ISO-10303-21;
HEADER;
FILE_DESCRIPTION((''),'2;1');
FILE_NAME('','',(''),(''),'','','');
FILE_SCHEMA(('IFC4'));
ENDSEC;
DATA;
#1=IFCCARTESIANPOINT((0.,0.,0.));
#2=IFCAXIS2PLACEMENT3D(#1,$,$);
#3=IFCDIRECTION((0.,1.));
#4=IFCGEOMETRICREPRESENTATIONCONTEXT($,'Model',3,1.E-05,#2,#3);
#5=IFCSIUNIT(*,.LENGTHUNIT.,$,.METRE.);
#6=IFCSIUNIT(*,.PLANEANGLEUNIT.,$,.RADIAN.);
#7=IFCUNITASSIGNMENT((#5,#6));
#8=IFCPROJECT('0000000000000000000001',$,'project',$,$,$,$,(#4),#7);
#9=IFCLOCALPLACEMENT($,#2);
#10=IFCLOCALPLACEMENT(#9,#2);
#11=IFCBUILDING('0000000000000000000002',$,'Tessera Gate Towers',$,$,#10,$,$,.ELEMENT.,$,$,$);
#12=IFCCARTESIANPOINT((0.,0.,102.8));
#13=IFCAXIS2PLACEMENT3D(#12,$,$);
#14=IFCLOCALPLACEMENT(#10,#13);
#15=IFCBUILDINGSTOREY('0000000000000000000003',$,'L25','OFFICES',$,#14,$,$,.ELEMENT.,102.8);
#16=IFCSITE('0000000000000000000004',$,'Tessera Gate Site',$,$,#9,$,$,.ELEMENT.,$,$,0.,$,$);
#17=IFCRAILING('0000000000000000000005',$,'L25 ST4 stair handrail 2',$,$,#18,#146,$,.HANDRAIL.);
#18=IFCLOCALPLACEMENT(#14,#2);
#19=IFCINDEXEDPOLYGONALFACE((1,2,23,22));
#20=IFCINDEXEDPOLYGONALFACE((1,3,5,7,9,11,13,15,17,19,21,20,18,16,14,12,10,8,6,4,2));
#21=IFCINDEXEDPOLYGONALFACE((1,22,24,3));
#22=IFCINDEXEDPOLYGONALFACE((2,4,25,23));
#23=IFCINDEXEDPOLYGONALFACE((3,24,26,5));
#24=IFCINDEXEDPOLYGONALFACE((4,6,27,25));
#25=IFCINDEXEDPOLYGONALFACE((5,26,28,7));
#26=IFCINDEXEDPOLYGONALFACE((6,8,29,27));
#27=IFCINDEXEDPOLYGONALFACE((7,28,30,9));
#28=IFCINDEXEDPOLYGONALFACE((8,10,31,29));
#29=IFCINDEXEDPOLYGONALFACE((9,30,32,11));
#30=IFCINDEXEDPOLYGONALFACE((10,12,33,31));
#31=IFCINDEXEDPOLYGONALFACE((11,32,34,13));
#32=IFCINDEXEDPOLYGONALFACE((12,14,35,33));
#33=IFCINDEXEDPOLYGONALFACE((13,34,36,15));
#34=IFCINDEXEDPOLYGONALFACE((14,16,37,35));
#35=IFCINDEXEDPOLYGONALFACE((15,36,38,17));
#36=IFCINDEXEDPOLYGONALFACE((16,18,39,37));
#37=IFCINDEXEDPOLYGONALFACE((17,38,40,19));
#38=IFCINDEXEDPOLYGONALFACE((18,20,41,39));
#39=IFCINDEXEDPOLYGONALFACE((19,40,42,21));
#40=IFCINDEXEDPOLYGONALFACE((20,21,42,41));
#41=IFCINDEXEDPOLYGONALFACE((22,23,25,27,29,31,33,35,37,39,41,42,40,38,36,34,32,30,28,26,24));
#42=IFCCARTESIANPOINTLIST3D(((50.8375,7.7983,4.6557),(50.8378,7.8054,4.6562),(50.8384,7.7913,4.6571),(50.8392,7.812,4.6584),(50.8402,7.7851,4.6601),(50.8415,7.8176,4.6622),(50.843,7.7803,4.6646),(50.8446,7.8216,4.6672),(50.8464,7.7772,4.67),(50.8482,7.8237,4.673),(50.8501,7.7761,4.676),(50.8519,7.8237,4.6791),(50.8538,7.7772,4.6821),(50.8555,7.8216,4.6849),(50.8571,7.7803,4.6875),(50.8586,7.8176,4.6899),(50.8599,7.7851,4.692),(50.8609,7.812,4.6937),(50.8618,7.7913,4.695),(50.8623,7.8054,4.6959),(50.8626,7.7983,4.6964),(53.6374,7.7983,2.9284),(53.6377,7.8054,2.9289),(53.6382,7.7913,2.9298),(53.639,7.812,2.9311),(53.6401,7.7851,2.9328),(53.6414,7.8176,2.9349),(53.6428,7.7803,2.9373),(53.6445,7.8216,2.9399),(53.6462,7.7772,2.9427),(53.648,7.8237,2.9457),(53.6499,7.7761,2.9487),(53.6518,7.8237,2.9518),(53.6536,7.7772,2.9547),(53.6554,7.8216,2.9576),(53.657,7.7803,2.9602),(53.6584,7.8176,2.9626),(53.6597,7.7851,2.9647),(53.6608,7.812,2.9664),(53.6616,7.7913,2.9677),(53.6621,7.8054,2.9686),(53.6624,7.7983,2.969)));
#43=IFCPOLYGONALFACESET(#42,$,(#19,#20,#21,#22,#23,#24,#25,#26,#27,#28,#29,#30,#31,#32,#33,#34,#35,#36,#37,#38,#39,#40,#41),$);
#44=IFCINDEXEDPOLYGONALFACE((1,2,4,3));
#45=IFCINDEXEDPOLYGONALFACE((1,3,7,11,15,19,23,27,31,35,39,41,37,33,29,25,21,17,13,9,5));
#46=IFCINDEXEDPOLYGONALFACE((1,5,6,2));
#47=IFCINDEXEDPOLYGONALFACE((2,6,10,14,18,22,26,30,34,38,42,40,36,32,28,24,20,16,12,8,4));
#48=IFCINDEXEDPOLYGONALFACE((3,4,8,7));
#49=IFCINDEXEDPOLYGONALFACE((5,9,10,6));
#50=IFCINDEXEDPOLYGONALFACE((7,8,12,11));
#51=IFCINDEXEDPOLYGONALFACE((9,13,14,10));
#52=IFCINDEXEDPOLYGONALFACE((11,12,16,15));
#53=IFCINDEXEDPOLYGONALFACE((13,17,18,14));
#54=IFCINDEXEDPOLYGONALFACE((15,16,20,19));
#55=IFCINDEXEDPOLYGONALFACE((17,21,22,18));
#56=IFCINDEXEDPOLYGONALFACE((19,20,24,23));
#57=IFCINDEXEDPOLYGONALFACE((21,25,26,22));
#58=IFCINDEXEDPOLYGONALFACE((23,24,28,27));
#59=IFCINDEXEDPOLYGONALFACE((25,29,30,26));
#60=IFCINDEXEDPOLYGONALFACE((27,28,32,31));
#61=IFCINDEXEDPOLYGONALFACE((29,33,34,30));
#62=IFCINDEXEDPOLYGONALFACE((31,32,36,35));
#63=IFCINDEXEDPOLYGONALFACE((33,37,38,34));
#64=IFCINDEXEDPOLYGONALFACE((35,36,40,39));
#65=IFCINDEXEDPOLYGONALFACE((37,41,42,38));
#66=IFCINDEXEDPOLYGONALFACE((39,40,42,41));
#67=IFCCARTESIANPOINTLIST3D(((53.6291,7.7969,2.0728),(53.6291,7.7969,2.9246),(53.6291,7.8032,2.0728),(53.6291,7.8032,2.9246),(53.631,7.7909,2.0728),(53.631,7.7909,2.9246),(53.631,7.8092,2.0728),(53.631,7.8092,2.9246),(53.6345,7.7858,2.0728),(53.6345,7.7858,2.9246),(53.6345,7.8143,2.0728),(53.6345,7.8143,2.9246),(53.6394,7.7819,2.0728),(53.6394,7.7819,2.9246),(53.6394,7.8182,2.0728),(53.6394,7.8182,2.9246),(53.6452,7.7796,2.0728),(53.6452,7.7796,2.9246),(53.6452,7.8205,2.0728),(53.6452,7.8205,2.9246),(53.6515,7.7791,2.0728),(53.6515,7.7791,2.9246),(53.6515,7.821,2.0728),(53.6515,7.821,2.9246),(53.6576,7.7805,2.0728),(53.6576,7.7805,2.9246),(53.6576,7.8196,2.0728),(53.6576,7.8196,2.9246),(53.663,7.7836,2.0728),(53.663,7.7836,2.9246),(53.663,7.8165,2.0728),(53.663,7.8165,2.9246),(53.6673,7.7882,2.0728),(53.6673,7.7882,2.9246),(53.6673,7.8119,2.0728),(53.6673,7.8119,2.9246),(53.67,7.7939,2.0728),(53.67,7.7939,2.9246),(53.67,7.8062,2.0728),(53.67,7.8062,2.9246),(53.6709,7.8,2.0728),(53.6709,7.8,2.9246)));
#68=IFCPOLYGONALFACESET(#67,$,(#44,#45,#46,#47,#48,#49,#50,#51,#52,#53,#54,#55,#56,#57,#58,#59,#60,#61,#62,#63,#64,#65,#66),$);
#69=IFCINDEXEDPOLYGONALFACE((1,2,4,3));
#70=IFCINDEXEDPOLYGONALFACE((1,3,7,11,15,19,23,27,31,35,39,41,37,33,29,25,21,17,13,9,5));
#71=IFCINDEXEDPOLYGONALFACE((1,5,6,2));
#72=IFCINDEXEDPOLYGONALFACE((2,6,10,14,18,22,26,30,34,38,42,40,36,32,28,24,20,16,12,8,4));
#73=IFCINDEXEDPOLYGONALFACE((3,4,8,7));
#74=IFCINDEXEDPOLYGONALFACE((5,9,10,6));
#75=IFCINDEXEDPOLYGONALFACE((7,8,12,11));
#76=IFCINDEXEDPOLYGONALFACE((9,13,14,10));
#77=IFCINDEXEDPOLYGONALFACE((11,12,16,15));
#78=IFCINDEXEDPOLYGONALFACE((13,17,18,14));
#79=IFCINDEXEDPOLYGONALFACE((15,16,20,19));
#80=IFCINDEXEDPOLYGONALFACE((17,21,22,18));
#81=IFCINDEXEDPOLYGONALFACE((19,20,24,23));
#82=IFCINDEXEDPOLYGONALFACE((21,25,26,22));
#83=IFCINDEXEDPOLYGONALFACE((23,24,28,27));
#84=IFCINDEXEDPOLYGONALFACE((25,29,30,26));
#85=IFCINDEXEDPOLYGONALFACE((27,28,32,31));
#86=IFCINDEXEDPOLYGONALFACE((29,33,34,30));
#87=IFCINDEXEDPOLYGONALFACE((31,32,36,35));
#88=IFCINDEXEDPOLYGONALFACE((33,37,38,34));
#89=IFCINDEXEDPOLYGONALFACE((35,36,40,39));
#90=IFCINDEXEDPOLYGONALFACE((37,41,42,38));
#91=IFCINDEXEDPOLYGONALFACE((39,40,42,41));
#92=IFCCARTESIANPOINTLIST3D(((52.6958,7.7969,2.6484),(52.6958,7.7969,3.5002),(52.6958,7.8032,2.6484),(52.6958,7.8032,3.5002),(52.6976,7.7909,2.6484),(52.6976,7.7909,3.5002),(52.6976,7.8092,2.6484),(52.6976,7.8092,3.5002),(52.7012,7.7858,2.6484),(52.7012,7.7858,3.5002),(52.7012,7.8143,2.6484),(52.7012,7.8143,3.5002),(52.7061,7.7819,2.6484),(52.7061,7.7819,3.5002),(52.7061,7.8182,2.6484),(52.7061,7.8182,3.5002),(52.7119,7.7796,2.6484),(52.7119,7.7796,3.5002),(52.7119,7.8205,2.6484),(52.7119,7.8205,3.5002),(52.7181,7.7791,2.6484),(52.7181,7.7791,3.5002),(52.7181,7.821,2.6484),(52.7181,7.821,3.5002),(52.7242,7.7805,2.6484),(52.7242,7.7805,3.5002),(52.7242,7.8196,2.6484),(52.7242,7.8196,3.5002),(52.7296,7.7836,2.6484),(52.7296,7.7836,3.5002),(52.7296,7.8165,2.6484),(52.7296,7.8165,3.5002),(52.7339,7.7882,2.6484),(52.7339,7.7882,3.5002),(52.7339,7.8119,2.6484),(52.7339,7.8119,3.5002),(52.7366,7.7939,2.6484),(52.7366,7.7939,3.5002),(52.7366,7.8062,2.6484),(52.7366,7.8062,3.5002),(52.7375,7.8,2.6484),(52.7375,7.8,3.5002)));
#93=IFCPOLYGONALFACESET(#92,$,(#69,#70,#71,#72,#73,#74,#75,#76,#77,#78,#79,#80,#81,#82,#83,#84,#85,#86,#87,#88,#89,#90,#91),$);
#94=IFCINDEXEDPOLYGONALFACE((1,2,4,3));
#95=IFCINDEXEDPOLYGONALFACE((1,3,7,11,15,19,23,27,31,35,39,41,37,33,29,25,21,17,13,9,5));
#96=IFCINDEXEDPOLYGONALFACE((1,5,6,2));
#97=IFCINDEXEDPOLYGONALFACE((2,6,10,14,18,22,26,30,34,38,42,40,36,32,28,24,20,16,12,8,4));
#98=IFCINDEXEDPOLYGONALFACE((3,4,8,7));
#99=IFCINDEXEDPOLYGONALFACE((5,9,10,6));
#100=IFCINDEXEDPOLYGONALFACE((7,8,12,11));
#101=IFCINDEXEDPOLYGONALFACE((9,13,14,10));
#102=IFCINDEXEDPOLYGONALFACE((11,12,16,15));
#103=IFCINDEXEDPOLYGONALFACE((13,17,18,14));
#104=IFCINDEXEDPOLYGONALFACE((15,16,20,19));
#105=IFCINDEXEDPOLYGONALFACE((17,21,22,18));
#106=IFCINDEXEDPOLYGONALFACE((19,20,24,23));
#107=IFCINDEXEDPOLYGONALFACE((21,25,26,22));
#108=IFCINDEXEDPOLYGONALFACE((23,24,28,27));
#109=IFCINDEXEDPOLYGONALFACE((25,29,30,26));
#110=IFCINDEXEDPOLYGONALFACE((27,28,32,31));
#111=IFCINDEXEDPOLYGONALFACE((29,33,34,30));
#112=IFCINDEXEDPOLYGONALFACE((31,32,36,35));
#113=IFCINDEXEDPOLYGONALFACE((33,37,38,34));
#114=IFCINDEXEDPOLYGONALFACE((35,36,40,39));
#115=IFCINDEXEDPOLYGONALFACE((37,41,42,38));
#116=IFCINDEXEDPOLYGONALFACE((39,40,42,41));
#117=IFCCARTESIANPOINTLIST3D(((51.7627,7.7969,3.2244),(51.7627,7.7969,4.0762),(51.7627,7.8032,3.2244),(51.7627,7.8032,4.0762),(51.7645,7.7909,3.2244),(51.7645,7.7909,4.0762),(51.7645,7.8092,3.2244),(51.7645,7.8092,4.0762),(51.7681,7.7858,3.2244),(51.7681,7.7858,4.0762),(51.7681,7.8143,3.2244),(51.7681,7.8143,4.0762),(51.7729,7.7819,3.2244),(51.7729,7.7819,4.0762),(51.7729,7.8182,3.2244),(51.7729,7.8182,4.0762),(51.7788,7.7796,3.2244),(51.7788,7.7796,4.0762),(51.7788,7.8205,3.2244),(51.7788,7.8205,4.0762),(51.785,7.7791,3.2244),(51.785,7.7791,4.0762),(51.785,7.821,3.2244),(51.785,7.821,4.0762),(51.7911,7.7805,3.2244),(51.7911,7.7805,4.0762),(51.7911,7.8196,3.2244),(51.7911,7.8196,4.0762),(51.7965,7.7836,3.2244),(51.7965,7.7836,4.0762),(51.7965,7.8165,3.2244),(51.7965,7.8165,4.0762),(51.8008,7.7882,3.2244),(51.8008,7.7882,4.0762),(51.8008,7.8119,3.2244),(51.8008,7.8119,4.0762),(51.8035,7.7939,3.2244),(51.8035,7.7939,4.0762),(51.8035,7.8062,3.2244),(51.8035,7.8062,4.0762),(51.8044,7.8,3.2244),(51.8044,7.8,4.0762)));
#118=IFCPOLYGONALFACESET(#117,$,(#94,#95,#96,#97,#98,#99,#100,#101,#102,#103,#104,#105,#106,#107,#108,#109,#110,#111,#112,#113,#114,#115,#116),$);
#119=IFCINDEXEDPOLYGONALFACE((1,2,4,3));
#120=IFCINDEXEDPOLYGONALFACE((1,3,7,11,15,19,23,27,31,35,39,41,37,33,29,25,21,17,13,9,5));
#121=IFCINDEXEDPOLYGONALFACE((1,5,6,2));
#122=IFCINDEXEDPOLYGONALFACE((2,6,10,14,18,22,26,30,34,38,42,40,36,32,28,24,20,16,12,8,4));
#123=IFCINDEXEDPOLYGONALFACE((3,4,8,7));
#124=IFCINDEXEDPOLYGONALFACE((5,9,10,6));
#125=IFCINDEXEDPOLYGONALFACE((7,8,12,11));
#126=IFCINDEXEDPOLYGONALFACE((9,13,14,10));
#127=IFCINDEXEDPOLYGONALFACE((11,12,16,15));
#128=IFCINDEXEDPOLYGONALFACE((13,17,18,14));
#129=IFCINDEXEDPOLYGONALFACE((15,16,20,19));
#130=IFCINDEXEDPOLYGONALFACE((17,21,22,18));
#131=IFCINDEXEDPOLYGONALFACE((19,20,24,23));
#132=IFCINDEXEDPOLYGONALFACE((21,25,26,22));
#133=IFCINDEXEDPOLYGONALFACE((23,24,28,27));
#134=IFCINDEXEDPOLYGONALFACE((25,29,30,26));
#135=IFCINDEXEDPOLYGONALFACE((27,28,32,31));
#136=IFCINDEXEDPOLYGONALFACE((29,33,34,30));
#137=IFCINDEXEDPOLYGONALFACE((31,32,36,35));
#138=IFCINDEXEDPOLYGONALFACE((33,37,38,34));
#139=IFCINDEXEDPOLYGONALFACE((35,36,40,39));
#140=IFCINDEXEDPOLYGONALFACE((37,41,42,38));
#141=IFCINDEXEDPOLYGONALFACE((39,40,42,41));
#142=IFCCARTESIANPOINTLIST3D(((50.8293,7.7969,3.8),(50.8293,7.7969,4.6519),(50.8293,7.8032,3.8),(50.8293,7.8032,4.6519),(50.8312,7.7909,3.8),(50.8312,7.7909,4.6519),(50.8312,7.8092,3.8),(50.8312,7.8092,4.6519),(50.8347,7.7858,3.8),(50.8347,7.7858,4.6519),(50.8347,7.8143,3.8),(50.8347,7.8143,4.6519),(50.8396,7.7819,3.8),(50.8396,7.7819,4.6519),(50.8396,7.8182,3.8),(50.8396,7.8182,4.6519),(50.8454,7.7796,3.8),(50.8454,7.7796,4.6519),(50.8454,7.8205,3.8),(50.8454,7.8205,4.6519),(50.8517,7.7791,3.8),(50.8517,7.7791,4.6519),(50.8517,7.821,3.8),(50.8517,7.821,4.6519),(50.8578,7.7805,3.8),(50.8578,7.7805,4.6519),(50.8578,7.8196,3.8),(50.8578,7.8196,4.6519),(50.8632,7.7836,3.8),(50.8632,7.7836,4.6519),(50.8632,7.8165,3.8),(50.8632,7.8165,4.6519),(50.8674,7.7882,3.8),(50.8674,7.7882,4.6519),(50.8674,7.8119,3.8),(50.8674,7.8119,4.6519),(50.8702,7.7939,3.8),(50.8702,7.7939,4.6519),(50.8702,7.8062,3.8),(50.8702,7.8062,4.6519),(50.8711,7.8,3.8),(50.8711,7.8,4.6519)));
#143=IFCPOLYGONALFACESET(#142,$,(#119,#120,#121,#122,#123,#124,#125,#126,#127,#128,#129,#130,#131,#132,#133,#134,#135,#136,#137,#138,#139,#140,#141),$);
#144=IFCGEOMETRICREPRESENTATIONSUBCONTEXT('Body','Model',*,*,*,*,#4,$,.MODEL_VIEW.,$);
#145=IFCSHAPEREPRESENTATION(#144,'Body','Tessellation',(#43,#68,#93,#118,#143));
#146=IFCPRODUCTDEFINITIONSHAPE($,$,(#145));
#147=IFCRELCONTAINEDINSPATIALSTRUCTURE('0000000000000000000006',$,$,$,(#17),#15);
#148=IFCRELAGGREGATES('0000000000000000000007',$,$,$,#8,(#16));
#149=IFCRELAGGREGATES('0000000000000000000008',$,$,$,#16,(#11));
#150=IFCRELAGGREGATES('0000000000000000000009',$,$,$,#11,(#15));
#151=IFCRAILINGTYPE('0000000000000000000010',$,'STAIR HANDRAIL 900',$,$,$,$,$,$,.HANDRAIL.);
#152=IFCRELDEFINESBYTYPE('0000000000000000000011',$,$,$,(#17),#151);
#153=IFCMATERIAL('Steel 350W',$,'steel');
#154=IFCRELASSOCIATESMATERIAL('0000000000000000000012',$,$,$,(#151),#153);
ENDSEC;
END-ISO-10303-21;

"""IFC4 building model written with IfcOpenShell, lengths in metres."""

from ifc_helpers import new_model, si_unit, direction, frame, origin, origin_2d, place, context, subcontext, project, spatial, circle, extrude, material, type_object, element, save


model = new_model("IFC4")

# Units and contexts
model_context = context("Model", 3, precision=1e-05, world=origin(), true_north=direction((0.0, 1.0)))
body_context = subcontext(model_context, "Body", "Model", "MODEL_VIEW")
ifc_project = project(units=[si_unit("LENGTHUNIT", "METRE"), si_unit("PLANEANGLEUNIT", "RADIAN")], contexts=[model_context])

# Site, building, storey
site_placement = place(None, origin())
site = spatial("IfcSite", under=ifc_project, at=site_placement, Name="Tessera Gate Site", CompositionType="ELEMENT", RefElevation=0.0)
building_placement = place(site_placement, origin())
building = spatial("IfcBuilding", under=site, at=building_placement, Name="Tessera Gate Towers", CompositionType="ELEMENT")
storey_placement = place(building_placement, frame((0.0, 0.0, 102.8)))
storey = spatial("IfcBuildingStorey", under=building, at=storey_placement, Name="L25", Description="OFFICES", CompositionType="ELEMENT", Elevation=102.8)

# Railing
ifc_material_1 = material(Name="Steel 350W", Category="steel")
railing_type_1 = type_object("IfcRailingType", Name="STAIR HANDRAIL 900", PredefinedType="HANDRAIL", material=ifc_material_1)
railing_1_placement = place(storey_placement, frame((53.6499, 7.8, 2.0728)))
element("IfcRailing", 1, at=railing_1_placement, inside=storey, type_object=railing_type_1, Name="L25 ST4 stair handrail 2", PredefinedType="HANDRAIL", context=body_context, shape_type="SweptSolid", body=[
    extrude(circle(Radius=0.0239, at=origin_2d()), frame((0.0, 0.0, 0.876), z_axis=(-0.851069, 0.0, 0.525054), x_axis=(0.0, -1.0, 0.0)), (0.0, 0.0, 1.0), 3.2898),
    extrude(circle(Radius=0.021, at=origin_2d()), origin(), (0.0, 0.0, 1.0), 0.8518),
    extrude(circle(Radius=0.021, at=origin_2d()), frame((-0.9333, 0.0, 0.5757)), (0.0, 0.0, 1.0), 0.8518),
    extrude(circle(Radius=0.021, at=origin_2d()), frame((-1.8665, 0.0, 1.1516)), (0.0, 0.0, 1.0), 0.8518),
    extrude(circle(Radius=0.021, at=origin_2d()), frame((-2.7998, 0.0, 1.7273)), (0.0, 0.0, 1.0), 0.8518),
])

save(model, "model.ifc")
